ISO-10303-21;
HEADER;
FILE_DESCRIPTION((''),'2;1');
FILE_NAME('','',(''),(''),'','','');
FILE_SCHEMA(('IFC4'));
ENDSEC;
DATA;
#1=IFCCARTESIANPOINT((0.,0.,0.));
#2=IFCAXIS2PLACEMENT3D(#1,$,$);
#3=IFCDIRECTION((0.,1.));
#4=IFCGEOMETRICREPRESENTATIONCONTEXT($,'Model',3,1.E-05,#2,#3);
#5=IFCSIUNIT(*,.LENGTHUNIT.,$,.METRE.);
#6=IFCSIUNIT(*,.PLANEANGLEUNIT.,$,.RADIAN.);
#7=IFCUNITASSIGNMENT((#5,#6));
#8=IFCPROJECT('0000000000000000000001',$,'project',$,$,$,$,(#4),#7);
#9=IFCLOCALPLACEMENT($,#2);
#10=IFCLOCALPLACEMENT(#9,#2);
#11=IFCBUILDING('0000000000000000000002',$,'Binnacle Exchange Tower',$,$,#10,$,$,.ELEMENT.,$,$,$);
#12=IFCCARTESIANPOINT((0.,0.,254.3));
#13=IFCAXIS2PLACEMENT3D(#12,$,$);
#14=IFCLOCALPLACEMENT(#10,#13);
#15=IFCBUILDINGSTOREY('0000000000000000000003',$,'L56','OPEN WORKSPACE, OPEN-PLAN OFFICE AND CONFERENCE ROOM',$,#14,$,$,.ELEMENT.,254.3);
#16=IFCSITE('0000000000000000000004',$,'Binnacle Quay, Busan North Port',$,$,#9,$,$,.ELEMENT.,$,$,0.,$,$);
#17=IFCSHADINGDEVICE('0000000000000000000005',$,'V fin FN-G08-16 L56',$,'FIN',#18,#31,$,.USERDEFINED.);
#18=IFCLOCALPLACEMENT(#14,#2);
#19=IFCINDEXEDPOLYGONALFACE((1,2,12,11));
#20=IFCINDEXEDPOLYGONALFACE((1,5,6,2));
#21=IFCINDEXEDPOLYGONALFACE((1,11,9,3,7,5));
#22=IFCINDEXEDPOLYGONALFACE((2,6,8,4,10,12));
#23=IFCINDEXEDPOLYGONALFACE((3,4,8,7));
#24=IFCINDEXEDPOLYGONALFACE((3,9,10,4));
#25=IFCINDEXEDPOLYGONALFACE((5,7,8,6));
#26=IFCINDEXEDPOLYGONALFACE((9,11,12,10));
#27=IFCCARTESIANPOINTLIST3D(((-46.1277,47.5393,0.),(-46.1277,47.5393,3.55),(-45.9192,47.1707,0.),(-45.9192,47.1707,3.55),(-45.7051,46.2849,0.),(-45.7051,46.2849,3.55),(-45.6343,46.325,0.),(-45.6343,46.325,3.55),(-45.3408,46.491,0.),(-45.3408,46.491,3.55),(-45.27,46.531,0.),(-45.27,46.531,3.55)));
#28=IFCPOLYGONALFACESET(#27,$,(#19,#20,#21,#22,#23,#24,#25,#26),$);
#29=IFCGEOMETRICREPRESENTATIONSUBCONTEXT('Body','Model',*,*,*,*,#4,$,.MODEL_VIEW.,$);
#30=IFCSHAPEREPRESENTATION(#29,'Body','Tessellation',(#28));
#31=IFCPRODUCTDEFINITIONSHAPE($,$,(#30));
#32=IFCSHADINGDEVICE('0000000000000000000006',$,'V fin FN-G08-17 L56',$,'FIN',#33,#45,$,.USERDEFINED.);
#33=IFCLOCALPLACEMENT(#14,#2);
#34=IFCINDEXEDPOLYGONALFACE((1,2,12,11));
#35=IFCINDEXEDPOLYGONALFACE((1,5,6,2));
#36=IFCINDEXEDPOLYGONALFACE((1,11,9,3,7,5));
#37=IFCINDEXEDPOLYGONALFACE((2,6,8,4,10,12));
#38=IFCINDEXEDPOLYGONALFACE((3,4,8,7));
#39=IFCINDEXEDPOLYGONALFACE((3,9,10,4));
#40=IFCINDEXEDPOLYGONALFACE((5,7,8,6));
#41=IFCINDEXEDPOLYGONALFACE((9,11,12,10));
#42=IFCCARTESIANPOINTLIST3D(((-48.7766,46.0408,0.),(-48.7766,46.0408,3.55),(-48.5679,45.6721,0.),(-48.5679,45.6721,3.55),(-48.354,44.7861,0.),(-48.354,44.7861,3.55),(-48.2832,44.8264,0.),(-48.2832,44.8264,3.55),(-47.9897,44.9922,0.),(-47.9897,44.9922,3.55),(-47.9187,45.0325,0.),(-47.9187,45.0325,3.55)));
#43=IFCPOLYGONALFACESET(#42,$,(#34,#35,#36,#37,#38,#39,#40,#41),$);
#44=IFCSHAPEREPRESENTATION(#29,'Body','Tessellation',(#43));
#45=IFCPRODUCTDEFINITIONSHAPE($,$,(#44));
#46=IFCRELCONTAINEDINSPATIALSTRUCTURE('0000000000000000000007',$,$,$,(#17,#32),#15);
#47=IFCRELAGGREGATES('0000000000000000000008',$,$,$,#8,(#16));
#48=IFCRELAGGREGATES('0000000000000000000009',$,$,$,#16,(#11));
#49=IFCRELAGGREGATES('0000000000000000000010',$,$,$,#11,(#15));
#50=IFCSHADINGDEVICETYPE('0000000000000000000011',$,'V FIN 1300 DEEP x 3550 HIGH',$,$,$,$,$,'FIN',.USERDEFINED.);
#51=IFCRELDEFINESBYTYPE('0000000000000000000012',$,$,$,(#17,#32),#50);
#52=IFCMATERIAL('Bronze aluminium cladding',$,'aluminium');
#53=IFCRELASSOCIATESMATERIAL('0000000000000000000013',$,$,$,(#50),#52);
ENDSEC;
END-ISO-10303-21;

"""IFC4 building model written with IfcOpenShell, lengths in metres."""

from ifc_helpers import new_model, si_unit, direction, frame, origin, place, context, subcontext, project, spatial, polyline, outline, extrude, material, type_object, element, save


model = new_model("IFC4")

# Units and contexts
model_context = context("Model", 3, precision=1e-05, world=origin(), true_north=direction((0.0, 1.0)))
body_context = subcontext(model_context, "Body", "Model", "MODEL_VIEW")
ifc_project = project(units=[si_unit("LENGTHUNIT", "METRE"), si_unit("PLANEANGLEUNIT", "RADIAN")], contexts=[model_context])

# Site, building, storey
site_placement = place(None, origin())
site = spatial("IfcSite", under=ifc_project, at=site_placement, Name="Binnacle Quay, Busan North Port", CompositionType="ELEMENT", RefElevation=0.0)
building_placement = place(site_placement, origin())
building = spatial("IfcBuilding", under=site, at=building_placement, Name="Binnacle Exchange Tower", CompositionType="ELEMENT")
storey_placement = place(building_placement, frame((0.0, 0.0, 254.3)))
storey = spatial("IfcBuildingStorey", under=building, at=storey_placement, Name="L56", Description="OPEN WORKSPACE, OPEN-PLAN OFFICE AND CONFERENCE ROOM", CompositionType="ELEMENT", Elevation=254.3)

# Shading devices
ifc_material_1 = material(Name="Bronze aluminium cladding", Category="aluminium")
shading_device_type = type_object("IfcShadingDeviceType", Name="V FIN 1300 DEEP x 3550 HIGH", ElementType="FIN", PredefinedType="USERDEFINED", material=ifc_material_1)
shading_device_1_placement = place(storey_placement, origin())
element("IfcShadingDevice", 1, at=shading_device_1_placement, inside=storey, type_object=shading_device_type, Name="V fin FN-G08-16 L56", ObjectType="FIN", PredefinedType="USERDEFINED", context=body_context, shape_type="SweptSolid", body=[
    extrude(outline(polyline([(-45.27, 46.531), (-46.1277, 47.5393), (-45.7051, 46.2849), (-45.6343, 46.325), (-45.9192, 47.1707), (-45.3408, 46.491), (-45.27, 46.531)])), origin(), (0.0, 0.0, 1.0), 3.55),
])
shading_device_2_placement = place(storey_placement, origin())
element("IfcShadingDevice", 2, at=shading_device_2_placement, inside=storey, type_object=shading_device_type, Name="V fin FN-G08-17 L56", ObjectType="FIN", PredefinedType="USERDEFINED", context=body_context, shape_type="SweptSolid", body=[
    extrude(outline(polyline([(-47.9187, 45.0325), (-48.7766, 46.0408), (-48.354, 44.7861), (-48.2832, 44.8264), (-48.5679, 45.6721), (-47.9897, 44.9922), (-47.9187, 45.0325)])), origin(), (0.0, 0.0, 1.0), 3.55),
])

save(model, "model.ifc")
